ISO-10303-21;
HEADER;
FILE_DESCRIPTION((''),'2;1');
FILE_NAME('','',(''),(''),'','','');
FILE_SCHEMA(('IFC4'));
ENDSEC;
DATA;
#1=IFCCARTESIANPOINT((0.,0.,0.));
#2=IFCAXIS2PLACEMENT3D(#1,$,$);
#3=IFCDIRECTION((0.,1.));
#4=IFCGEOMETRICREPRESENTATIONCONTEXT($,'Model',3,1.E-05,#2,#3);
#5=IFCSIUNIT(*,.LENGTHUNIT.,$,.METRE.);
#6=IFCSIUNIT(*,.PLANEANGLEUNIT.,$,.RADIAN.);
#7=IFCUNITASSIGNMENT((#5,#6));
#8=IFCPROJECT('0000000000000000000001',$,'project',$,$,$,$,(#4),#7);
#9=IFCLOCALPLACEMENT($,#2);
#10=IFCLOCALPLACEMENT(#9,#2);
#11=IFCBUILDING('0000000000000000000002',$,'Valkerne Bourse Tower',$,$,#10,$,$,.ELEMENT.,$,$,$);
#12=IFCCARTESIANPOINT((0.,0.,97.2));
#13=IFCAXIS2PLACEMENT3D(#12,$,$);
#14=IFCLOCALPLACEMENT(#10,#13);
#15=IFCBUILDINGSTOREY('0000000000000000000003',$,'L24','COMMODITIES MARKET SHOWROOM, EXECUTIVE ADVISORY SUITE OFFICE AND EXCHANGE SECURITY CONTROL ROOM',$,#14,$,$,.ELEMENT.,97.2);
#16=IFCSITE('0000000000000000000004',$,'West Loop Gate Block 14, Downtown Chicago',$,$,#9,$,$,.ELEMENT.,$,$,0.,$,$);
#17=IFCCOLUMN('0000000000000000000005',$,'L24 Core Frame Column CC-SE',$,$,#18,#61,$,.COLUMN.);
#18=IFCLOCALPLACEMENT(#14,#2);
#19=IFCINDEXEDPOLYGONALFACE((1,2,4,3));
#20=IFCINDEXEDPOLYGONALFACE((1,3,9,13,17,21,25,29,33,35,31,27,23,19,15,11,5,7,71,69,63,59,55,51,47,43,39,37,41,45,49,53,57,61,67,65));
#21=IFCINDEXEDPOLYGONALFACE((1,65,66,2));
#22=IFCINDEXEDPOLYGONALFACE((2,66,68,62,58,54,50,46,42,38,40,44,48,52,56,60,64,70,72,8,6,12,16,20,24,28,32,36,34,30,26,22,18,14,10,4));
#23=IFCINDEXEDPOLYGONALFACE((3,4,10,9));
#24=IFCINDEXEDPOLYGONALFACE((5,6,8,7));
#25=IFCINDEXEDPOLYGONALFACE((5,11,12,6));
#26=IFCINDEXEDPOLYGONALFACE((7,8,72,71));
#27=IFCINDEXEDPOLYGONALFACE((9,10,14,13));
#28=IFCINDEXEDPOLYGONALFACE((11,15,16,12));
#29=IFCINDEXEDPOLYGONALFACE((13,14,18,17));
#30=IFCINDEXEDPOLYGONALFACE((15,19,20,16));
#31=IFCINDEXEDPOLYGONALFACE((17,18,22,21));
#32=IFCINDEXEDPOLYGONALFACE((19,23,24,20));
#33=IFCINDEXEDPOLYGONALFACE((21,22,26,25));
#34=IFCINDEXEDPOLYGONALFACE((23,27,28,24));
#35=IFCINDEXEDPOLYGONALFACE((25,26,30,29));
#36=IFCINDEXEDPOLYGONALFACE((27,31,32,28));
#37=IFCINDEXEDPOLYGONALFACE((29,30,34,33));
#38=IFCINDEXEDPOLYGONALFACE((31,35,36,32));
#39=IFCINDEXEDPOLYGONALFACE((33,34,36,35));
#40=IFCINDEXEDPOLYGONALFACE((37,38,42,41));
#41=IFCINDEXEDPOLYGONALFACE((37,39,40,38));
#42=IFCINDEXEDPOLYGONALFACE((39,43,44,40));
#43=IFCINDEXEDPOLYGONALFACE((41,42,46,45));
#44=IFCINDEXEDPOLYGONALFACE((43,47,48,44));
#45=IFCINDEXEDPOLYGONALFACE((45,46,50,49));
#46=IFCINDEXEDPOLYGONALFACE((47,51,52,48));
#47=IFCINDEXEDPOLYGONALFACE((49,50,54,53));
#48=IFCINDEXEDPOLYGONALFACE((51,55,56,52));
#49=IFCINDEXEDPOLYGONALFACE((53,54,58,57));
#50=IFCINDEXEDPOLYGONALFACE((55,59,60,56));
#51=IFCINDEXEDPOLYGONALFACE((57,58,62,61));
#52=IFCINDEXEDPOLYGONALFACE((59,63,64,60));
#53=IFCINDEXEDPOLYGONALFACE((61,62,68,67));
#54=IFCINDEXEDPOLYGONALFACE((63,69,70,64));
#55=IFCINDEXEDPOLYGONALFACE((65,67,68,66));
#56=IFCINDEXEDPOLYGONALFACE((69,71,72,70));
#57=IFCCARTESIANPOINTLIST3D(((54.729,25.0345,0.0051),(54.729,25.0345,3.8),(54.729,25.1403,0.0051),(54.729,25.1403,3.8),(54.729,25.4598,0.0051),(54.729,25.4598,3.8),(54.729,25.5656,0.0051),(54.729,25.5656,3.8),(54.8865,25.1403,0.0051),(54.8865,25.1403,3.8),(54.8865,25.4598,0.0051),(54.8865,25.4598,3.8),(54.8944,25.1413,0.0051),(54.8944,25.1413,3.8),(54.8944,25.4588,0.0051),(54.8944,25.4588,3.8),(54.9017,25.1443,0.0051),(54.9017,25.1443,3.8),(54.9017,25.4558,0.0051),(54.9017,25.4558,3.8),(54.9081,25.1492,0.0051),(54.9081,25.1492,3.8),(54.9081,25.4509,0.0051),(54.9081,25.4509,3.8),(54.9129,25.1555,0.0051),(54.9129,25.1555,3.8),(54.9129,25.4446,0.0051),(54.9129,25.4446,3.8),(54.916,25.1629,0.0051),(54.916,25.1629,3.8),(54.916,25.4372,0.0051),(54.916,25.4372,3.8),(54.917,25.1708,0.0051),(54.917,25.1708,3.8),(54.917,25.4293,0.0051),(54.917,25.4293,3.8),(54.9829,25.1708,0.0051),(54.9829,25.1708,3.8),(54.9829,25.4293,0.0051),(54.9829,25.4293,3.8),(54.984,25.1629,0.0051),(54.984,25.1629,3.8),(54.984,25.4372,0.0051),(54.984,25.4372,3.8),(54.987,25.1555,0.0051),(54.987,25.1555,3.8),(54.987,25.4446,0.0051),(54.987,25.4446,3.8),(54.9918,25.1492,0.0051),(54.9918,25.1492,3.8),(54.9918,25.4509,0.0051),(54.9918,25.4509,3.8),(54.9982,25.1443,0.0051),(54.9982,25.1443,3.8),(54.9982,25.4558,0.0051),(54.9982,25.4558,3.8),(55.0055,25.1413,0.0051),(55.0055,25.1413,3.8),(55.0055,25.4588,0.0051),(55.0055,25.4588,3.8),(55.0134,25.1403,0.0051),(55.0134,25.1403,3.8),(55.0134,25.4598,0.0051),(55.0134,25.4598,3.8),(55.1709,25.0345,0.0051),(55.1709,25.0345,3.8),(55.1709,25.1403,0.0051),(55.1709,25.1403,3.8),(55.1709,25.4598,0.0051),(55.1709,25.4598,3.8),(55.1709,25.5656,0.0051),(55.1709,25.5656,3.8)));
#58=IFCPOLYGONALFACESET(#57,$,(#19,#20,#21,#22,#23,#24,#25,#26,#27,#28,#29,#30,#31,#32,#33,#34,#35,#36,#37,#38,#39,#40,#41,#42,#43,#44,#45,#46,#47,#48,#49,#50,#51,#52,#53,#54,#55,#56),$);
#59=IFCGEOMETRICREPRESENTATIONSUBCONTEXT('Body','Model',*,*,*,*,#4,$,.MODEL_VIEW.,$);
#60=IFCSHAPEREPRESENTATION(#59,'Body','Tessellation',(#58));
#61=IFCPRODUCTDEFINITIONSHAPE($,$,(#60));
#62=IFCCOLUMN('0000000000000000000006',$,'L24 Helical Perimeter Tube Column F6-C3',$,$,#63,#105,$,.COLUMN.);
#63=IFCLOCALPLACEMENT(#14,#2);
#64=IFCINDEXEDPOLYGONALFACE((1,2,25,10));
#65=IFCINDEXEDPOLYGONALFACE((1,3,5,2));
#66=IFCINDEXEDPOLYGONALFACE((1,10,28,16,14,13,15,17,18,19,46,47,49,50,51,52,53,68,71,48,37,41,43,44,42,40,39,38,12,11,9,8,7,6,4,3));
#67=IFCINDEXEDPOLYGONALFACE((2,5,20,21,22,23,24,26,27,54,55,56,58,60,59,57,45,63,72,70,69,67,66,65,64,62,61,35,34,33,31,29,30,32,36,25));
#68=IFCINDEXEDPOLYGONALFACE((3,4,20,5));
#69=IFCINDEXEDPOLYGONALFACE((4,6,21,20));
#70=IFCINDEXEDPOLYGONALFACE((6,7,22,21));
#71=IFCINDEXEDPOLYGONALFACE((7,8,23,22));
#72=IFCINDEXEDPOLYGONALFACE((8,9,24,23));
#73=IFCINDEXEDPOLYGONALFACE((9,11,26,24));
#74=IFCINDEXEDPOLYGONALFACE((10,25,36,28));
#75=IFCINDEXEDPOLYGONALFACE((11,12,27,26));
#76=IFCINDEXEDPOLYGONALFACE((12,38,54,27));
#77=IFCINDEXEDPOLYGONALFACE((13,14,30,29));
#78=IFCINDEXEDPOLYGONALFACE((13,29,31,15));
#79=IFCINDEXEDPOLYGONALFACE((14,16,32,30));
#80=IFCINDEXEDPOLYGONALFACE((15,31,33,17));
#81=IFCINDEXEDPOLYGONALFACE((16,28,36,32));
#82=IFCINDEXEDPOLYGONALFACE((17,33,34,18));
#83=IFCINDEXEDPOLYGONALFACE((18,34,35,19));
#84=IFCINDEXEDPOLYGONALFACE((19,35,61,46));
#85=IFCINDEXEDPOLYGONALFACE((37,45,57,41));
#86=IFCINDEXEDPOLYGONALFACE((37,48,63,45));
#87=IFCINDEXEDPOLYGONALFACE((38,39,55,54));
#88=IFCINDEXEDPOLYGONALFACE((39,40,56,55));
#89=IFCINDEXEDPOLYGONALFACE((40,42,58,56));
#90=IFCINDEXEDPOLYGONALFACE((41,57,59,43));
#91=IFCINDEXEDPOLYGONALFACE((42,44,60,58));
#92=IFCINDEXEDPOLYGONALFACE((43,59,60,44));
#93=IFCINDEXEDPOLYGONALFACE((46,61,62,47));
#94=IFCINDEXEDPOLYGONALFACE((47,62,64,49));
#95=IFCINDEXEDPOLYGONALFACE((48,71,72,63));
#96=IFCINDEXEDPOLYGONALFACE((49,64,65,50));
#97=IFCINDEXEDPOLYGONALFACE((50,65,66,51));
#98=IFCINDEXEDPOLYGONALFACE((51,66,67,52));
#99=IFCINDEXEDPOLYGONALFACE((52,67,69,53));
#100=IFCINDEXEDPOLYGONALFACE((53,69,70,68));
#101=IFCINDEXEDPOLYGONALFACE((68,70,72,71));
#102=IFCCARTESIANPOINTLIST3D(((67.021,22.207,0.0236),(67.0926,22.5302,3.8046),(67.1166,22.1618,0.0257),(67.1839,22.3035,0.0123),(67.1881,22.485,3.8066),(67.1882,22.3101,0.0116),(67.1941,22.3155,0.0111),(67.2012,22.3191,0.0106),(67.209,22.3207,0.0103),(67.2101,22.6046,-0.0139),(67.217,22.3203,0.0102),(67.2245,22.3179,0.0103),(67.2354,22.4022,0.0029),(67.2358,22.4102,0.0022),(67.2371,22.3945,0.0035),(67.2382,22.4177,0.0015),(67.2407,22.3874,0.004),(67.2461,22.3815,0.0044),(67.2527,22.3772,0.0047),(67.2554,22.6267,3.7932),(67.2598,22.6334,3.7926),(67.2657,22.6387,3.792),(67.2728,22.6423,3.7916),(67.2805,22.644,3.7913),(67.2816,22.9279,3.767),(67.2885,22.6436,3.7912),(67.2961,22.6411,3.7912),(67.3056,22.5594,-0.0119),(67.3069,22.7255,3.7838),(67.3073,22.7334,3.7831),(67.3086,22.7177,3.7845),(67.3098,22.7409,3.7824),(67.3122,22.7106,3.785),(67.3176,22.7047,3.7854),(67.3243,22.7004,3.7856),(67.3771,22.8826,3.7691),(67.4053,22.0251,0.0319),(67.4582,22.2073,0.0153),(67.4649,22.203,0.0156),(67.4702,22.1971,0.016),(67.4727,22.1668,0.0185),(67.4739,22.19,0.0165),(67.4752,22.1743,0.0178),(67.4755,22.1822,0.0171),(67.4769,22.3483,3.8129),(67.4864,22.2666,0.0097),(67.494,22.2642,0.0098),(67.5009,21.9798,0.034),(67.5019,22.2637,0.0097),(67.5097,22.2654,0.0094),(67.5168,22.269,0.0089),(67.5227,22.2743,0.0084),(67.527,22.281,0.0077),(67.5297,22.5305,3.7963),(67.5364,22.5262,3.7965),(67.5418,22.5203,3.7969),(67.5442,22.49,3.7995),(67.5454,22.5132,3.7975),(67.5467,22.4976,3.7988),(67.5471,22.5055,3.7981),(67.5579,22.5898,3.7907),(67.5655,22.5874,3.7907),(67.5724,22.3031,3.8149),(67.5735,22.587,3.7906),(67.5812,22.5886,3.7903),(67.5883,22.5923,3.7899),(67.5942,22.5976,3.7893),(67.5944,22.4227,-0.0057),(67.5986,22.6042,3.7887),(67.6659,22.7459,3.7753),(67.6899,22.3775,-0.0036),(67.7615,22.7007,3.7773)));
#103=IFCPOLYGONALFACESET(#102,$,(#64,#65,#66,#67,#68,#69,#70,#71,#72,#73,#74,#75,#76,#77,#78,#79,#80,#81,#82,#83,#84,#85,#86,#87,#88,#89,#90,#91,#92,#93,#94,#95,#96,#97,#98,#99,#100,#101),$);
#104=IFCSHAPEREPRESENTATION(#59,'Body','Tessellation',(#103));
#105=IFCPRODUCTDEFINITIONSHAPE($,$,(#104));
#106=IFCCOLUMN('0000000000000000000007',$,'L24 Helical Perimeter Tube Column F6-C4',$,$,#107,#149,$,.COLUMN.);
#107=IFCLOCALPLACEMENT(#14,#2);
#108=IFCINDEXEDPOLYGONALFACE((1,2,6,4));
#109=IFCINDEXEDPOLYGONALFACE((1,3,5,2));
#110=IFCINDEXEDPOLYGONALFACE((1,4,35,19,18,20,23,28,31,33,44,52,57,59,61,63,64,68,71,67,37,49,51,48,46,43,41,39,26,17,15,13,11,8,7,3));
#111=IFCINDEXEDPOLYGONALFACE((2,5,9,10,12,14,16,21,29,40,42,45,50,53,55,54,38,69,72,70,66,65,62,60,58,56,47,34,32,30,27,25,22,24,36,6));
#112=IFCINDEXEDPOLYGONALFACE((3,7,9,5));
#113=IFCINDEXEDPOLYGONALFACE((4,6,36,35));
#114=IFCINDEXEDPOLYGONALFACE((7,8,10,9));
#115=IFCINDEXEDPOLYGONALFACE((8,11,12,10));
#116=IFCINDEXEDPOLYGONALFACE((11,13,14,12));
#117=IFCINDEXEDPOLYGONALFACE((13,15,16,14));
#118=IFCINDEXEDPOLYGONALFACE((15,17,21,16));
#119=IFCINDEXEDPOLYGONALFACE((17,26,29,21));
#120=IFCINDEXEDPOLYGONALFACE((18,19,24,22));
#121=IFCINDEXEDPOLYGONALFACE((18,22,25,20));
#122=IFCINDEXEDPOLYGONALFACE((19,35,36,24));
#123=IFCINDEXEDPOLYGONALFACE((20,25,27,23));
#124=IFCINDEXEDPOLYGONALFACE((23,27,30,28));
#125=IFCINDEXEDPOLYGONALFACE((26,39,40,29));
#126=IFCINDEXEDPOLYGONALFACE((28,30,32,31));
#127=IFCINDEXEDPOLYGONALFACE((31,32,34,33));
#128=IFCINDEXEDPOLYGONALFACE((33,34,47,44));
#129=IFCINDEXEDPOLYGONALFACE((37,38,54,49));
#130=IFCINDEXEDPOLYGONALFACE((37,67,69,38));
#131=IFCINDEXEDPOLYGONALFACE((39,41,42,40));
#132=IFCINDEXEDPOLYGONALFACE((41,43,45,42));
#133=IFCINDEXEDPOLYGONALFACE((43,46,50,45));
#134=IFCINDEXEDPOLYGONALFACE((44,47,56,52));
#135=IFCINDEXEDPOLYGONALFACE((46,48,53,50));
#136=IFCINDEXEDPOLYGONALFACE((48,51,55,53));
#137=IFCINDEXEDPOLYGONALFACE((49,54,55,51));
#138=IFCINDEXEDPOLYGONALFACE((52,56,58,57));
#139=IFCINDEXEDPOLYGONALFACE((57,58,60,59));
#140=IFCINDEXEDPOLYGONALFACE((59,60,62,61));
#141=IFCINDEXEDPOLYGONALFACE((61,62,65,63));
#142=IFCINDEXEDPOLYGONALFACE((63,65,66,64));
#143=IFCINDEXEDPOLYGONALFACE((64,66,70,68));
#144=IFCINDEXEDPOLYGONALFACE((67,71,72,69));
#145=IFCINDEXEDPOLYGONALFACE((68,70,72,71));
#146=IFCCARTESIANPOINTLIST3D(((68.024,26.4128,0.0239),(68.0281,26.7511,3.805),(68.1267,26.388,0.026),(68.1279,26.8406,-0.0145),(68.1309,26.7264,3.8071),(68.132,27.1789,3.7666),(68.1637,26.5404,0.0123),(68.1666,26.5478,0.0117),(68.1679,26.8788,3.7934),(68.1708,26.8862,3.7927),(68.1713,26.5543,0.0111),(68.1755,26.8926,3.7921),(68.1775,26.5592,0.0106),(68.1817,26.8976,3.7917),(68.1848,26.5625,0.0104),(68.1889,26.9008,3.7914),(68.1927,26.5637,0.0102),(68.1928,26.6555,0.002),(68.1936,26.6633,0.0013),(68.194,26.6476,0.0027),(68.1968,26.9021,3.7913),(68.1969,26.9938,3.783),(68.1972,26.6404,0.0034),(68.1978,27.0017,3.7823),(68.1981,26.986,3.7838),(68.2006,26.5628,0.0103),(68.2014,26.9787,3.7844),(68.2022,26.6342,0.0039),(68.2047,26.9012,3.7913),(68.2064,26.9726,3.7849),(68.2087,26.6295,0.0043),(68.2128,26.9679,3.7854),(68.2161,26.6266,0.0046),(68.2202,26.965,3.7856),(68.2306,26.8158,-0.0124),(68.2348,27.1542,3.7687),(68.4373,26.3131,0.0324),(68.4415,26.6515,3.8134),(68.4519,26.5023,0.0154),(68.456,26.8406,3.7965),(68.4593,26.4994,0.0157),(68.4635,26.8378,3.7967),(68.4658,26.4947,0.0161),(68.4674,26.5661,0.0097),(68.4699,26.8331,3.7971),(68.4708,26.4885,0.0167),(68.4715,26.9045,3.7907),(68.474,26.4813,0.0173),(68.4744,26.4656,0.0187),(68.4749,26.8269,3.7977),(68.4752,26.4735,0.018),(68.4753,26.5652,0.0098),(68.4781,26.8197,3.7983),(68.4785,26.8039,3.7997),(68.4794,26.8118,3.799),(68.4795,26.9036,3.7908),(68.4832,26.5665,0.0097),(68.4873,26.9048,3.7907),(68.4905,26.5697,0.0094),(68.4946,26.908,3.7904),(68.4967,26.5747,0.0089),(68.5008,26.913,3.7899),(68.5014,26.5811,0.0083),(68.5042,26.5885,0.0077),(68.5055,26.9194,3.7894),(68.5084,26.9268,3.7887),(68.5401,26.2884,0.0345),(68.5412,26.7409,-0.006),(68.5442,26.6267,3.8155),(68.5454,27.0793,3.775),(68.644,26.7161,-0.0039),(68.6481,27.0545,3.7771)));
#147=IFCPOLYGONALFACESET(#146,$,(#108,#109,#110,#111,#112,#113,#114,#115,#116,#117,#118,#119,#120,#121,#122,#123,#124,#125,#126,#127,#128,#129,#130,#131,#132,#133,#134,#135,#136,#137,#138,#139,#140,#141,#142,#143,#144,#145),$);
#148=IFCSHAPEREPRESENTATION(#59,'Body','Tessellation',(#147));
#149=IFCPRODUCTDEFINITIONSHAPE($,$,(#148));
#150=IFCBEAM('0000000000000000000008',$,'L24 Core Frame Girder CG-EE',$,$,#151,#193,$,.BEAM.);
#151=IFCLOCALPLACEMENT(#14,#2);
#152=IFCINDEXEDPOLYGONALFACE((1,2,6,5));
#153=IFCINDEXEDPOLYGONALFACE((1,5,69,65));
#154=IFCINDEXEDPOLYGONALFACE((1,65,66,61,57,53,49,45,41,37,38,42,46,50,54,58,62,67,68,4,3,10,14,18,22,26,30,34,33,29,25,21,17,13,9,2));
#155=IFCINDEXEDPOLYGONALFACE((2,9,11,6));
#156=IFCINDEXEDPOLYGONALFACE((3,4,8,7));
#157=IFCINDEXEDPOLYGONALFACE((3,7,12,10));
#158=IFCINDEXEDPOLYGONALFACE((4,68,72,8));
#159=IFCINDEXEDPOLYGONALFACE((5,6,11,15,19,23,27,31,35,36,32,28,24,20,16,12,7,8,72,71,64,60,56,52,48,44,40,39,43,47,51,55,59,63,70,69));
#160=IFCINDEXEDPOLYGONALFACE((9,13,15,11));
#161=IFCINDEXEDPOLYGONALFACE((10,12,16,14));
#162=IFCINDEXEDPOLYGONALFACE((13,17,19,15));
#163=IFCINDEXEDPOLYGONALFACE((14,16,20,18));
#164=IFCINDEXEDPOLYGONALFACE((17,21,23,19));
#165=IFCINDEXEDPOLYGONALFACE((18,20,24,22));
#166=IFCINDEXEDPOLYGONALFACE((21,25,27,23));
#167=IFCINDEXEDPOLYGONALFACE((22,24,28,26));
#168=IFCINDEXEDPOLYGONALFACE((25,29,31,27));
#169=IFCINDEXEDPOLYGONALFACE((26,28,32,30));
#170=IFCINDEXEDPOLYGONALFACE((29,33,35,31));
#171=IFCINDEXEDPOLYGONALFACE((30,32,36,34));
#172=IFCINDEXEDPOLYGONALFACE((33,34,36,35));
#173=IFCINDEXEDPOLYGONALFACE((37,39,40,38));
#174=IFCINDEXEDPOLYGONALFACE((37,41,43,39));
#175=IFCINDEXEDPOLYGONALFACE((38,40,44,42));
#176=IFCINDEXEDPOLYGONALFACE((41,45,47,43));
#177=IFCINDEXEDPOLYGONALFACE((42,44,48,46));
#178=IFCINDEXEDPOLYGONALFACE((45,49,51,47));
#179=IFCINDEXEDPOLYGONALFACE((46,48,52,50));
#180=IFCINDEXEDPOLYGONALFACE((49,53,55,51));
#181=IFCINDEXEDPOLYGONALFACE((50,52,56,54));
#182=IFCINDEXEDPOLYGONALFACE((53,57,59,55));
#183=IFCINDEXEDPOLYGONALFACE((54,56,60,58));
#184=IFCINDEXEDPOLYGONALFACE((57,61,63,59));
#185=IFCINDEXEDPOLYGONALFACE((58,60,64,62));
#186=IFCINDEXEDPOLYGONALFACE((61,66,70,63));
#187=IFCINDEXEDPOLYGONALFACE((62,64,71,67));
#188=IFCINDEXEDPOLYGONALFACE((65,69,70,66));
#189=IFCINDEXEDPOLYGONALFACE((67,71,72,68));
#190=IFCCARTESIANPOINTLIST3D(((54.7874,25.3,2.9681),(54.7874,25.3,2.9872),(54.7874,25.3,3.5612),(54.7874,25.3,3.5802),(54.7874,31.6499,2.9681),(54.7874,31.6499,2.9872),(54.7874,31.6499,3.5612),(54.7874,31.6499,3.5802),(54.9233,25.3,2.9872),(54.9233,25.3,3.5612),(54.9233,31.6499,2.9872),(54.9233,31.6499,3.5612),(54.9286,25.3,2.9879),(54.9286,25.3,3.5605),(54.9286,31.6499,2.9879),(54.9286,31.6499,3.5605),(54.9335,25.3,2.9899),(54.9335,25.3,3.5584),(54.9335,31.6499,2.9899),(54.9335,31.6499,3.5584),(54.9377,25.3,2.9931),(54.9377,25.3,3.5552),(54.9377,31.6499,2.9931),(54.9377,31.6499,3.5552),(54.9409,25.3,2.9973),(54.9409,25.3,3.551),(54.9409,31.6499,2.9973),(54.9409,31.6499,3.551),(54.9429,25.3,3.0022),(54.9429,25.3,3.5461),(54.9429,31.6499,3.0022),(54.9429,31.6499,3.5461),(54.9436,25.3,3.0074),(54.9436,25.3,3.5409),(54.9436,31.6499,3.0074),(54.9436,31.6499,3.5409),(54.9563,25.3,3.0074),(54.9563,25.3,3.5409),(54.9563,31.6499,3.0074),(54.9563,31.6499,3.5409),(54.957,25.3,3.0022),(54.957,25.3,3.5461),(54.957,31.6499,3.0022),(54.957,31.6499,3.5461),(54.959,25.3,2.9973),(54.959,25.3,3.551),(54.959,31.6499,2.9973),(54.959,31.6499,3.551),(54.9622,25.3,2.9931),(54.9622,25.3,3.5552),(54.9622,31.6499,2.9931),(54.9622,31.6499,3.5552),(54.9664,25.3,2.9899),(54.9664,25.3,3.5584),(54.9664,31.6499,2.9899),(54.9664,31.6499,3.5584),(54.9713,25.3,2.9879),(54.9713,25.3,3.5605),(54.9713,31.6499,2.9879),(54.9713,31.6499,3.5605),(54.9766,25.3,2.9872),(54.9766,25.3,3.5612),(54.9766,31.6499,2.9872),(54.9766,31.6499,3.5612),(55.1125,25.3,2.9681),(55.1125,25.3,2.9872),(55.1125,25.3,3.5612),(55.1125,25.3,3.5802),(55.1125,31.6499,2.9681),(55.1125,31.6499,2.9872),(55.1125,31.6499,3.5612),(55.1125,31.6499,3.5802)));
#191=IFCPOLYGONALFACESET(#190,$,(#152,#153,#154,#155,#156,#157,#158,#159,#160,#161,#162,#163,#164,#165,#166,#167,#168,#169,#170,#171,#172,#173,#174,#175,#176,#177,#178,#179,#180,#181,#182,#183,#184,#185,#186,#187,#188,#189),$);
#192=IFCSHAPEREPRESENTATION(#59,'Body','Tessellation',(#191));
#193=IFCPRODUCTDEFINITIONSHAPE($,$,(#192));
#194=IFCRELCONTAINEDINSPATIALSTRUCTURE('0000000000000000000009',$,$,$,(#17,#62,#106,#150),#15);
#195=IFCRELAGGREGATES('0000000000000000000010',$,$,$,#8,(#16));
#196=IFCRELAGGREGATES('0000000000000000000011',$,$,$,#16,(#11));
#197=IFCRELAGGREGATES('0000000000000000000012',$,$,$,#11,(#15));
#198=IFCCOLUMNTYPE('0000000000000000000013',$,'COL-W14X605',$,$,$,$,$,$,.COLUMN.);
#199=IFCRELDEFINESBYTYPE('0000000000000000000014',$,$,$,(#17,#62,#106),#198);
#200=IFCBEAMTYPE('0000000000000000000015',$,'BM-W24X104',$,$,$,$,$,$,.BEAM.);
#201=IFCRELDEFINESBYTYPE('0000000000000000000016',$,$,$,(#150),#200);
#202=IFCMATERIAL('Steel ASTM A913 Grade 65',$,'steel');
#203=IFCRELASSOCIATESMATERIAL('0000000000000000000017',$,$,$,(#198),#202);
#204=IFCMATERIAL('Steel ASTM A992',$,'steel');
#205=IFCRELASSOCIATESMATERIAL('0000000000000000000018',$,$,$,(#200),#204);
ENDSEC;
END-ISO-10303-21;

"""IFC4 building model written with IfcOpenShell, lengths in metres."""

from ifc_helpers import new_model, si_unit, direction, frame, origin, origin_2d, place, context, subcontext, project, spatial, i_section, extrude, material, material_profile, profile_set, type_object, element, save


model = new_model("IFC4")

# Units and contexts
model_context = context("Model", 3, precision=1e-05, world=origin(), true_north=direction((0.0, 1.0)))
body_context = subcontext(model_context, "Body", "Model", "MODEL_VIEW")
ifc_project = project(units=[si_unit("LENGTHUNIT", "METRE"), si_unit("PLANEANGLEUNIT", "RADIAN")], contexts=[model_context])

# Site, building, storey
site_placement = place(None, origin())
site = spatial("IfcSite", under=ifc_project, at=site_placement, Name="West Loop Gate Block 14, Downtown Chicago", CompositionType="ELEMENT", RefElevation=0.0)
building_placement = place(site_placement, origin())
building = spatial("IfcBuilding", under=site, at=building_placement, Name="Valkerne Bourse Tower", CompositionType="ELEMENT")
storey_placement = place(building_placement, frame((0.0, 0.0, 97.2)))
storey = spatial("IfcBuildingStorey", under=building, at=storey_placement, Name="L24", Description="COMMODITIES MARKET SHOWROOM, EXECUTIVE ADVISORY SUITE OFFICE AND EXCHANGE SECURITY CONTROL ROOM", CompositionType="ELEMENT", Elevation=97.2)

# Columns
ifc_material_1 = material(Name="Steel ASTM A913 Grade 65", Category="steel")
ifc_material_profile_1 = material_profile(ifc_material_1, i_section(OverallWidth=0.4419, OverallDepth=0.531, WebThickness=0.0659, FlangeThickness=0.1057, FilletRadius=0.0305, at=origin_2d()), Name="W14X605")
ifc_profile_set_1 = profile_set([ifc_material_profile_1], Name="Steel ASTM A913 Grade 65")
column_type = type_object("IfcColumnType", Name="COL-W14X605", PredefinedType="COLUMN", material=ifc_profile_set_1)
column_1_placement = place(storey_placement, frame((54.95, 25.3, 0.0051), z_axis=(0.0, 0.0, 1.0), x_axis=(1.0, 0.0, 0.0)))
element("IfcColumn", 1, at=column_1_placement, inside=storey, type_object=column_type, Name="L24 Core Frame Column CC-SE", PredefinedType="COLUMN", context=body_context, shape_type="SweptSolid", body=[
    extrude(i_section(OverallWidth=0.4419, OverallDepth=0.531, WebThickness=0.0659, FlangeThickness=0.1057, FilletRadius=0.0305, at=origin_2d()), origin(), (0.0, 0.0, 1.0), 3.7949),
])
column_2_placement = place(storey_placement, frame((67.3555, 22.2922, 0.01), z_axis=(0.018847, 0.085165, 0.996189), x_axis=(-0.427792, -0.89987, 0.085024)))
element("IfcColumn", 2, at=column_2_placement, inside=storey, type_object=column_type, Name="L24 Helical Perimeter Tube Column F6-C3", PredefinedType="COLUMN", context=body_context, shape_type="SweptSolid", body=[
    extrude(i_section(OverallWidth=0.4419, OverallDepth=0.531, WebThickness=0.0659, FlangeThickness=0.1057, FilletRadius=0.0305, at=origin_2d()), origin(), (0.0, 0.0, 1.0), 3.7954),
])
column_3_placement = place(storey_placement, frame((68.334, 26.5645, 0.01), z_axis=(0.001093, 0.089138, 0.996019), x_axis=(-0.235141, -0.968069, 0.086895)))
element("IfcColumn", 3, at=column_3_placement, inside=storey, type_object=column_type, Name="L24 Helical Perimeter Tube Column F6-C4", PredefinedType="COLUMN", context=body_context, shape_type="SweptSolid", body=[
    extrude(i_section(OverallWidth=0.4419, OverallDepth=0.531, WebThickness=0.0659, FlangeThickness=0.1057, FilletRadius=0.0305, at=origin_2d()), origin(), (0.0, 0.0, 1.0), 3.7961),
])

# Beam
ifc_material_2 = material(Name="Steel ASTM A992", Category="steel")
ifc_material_profile_2 = material_profile(ifc_material_2, i_section(OverallWidth=0.3252, OverallDepth=0.6121, WebThickness=0.0127, FlangeThickness=0.019, FilletRadius=0.0203, at=origin_2d()), Name="W24X104")
ifc_profile_set_2 = profile_set([ifc_material_profile_2], Name="Steel ASTM A992")
beam_type_1 = type_object("IfcBeamType", Name="BM-W24X104", PredefinedType="BEAM", material=ifc_profile_set_2)
beam_1_placement = place(storey_placement, frame((54.95, 25.3, 3.2742), z_axis=(0.0, 1.0, 0.0), x_axis=(-1.0, 0.0, 0.0)))
element("IfcBeam", 4, at=beam_1_placement, inside=storey, type_object=beam_type_1, Name="L24 Core Frame Girder CG-EE", PredefinedType="BEAM", context=body_context, shape_type="SweptSolid", body=[
    extrude(i_section(OverallWidth=0.3252, OverallDepth=0.6121, WebThickness=0.0127, FlangeThickness=0.019, FilletRadius=0.0203, at=origin_2d()), origin(), (0.0, 0.0, 1.0), 6.3499),
])

save(model, "model.ifc")
